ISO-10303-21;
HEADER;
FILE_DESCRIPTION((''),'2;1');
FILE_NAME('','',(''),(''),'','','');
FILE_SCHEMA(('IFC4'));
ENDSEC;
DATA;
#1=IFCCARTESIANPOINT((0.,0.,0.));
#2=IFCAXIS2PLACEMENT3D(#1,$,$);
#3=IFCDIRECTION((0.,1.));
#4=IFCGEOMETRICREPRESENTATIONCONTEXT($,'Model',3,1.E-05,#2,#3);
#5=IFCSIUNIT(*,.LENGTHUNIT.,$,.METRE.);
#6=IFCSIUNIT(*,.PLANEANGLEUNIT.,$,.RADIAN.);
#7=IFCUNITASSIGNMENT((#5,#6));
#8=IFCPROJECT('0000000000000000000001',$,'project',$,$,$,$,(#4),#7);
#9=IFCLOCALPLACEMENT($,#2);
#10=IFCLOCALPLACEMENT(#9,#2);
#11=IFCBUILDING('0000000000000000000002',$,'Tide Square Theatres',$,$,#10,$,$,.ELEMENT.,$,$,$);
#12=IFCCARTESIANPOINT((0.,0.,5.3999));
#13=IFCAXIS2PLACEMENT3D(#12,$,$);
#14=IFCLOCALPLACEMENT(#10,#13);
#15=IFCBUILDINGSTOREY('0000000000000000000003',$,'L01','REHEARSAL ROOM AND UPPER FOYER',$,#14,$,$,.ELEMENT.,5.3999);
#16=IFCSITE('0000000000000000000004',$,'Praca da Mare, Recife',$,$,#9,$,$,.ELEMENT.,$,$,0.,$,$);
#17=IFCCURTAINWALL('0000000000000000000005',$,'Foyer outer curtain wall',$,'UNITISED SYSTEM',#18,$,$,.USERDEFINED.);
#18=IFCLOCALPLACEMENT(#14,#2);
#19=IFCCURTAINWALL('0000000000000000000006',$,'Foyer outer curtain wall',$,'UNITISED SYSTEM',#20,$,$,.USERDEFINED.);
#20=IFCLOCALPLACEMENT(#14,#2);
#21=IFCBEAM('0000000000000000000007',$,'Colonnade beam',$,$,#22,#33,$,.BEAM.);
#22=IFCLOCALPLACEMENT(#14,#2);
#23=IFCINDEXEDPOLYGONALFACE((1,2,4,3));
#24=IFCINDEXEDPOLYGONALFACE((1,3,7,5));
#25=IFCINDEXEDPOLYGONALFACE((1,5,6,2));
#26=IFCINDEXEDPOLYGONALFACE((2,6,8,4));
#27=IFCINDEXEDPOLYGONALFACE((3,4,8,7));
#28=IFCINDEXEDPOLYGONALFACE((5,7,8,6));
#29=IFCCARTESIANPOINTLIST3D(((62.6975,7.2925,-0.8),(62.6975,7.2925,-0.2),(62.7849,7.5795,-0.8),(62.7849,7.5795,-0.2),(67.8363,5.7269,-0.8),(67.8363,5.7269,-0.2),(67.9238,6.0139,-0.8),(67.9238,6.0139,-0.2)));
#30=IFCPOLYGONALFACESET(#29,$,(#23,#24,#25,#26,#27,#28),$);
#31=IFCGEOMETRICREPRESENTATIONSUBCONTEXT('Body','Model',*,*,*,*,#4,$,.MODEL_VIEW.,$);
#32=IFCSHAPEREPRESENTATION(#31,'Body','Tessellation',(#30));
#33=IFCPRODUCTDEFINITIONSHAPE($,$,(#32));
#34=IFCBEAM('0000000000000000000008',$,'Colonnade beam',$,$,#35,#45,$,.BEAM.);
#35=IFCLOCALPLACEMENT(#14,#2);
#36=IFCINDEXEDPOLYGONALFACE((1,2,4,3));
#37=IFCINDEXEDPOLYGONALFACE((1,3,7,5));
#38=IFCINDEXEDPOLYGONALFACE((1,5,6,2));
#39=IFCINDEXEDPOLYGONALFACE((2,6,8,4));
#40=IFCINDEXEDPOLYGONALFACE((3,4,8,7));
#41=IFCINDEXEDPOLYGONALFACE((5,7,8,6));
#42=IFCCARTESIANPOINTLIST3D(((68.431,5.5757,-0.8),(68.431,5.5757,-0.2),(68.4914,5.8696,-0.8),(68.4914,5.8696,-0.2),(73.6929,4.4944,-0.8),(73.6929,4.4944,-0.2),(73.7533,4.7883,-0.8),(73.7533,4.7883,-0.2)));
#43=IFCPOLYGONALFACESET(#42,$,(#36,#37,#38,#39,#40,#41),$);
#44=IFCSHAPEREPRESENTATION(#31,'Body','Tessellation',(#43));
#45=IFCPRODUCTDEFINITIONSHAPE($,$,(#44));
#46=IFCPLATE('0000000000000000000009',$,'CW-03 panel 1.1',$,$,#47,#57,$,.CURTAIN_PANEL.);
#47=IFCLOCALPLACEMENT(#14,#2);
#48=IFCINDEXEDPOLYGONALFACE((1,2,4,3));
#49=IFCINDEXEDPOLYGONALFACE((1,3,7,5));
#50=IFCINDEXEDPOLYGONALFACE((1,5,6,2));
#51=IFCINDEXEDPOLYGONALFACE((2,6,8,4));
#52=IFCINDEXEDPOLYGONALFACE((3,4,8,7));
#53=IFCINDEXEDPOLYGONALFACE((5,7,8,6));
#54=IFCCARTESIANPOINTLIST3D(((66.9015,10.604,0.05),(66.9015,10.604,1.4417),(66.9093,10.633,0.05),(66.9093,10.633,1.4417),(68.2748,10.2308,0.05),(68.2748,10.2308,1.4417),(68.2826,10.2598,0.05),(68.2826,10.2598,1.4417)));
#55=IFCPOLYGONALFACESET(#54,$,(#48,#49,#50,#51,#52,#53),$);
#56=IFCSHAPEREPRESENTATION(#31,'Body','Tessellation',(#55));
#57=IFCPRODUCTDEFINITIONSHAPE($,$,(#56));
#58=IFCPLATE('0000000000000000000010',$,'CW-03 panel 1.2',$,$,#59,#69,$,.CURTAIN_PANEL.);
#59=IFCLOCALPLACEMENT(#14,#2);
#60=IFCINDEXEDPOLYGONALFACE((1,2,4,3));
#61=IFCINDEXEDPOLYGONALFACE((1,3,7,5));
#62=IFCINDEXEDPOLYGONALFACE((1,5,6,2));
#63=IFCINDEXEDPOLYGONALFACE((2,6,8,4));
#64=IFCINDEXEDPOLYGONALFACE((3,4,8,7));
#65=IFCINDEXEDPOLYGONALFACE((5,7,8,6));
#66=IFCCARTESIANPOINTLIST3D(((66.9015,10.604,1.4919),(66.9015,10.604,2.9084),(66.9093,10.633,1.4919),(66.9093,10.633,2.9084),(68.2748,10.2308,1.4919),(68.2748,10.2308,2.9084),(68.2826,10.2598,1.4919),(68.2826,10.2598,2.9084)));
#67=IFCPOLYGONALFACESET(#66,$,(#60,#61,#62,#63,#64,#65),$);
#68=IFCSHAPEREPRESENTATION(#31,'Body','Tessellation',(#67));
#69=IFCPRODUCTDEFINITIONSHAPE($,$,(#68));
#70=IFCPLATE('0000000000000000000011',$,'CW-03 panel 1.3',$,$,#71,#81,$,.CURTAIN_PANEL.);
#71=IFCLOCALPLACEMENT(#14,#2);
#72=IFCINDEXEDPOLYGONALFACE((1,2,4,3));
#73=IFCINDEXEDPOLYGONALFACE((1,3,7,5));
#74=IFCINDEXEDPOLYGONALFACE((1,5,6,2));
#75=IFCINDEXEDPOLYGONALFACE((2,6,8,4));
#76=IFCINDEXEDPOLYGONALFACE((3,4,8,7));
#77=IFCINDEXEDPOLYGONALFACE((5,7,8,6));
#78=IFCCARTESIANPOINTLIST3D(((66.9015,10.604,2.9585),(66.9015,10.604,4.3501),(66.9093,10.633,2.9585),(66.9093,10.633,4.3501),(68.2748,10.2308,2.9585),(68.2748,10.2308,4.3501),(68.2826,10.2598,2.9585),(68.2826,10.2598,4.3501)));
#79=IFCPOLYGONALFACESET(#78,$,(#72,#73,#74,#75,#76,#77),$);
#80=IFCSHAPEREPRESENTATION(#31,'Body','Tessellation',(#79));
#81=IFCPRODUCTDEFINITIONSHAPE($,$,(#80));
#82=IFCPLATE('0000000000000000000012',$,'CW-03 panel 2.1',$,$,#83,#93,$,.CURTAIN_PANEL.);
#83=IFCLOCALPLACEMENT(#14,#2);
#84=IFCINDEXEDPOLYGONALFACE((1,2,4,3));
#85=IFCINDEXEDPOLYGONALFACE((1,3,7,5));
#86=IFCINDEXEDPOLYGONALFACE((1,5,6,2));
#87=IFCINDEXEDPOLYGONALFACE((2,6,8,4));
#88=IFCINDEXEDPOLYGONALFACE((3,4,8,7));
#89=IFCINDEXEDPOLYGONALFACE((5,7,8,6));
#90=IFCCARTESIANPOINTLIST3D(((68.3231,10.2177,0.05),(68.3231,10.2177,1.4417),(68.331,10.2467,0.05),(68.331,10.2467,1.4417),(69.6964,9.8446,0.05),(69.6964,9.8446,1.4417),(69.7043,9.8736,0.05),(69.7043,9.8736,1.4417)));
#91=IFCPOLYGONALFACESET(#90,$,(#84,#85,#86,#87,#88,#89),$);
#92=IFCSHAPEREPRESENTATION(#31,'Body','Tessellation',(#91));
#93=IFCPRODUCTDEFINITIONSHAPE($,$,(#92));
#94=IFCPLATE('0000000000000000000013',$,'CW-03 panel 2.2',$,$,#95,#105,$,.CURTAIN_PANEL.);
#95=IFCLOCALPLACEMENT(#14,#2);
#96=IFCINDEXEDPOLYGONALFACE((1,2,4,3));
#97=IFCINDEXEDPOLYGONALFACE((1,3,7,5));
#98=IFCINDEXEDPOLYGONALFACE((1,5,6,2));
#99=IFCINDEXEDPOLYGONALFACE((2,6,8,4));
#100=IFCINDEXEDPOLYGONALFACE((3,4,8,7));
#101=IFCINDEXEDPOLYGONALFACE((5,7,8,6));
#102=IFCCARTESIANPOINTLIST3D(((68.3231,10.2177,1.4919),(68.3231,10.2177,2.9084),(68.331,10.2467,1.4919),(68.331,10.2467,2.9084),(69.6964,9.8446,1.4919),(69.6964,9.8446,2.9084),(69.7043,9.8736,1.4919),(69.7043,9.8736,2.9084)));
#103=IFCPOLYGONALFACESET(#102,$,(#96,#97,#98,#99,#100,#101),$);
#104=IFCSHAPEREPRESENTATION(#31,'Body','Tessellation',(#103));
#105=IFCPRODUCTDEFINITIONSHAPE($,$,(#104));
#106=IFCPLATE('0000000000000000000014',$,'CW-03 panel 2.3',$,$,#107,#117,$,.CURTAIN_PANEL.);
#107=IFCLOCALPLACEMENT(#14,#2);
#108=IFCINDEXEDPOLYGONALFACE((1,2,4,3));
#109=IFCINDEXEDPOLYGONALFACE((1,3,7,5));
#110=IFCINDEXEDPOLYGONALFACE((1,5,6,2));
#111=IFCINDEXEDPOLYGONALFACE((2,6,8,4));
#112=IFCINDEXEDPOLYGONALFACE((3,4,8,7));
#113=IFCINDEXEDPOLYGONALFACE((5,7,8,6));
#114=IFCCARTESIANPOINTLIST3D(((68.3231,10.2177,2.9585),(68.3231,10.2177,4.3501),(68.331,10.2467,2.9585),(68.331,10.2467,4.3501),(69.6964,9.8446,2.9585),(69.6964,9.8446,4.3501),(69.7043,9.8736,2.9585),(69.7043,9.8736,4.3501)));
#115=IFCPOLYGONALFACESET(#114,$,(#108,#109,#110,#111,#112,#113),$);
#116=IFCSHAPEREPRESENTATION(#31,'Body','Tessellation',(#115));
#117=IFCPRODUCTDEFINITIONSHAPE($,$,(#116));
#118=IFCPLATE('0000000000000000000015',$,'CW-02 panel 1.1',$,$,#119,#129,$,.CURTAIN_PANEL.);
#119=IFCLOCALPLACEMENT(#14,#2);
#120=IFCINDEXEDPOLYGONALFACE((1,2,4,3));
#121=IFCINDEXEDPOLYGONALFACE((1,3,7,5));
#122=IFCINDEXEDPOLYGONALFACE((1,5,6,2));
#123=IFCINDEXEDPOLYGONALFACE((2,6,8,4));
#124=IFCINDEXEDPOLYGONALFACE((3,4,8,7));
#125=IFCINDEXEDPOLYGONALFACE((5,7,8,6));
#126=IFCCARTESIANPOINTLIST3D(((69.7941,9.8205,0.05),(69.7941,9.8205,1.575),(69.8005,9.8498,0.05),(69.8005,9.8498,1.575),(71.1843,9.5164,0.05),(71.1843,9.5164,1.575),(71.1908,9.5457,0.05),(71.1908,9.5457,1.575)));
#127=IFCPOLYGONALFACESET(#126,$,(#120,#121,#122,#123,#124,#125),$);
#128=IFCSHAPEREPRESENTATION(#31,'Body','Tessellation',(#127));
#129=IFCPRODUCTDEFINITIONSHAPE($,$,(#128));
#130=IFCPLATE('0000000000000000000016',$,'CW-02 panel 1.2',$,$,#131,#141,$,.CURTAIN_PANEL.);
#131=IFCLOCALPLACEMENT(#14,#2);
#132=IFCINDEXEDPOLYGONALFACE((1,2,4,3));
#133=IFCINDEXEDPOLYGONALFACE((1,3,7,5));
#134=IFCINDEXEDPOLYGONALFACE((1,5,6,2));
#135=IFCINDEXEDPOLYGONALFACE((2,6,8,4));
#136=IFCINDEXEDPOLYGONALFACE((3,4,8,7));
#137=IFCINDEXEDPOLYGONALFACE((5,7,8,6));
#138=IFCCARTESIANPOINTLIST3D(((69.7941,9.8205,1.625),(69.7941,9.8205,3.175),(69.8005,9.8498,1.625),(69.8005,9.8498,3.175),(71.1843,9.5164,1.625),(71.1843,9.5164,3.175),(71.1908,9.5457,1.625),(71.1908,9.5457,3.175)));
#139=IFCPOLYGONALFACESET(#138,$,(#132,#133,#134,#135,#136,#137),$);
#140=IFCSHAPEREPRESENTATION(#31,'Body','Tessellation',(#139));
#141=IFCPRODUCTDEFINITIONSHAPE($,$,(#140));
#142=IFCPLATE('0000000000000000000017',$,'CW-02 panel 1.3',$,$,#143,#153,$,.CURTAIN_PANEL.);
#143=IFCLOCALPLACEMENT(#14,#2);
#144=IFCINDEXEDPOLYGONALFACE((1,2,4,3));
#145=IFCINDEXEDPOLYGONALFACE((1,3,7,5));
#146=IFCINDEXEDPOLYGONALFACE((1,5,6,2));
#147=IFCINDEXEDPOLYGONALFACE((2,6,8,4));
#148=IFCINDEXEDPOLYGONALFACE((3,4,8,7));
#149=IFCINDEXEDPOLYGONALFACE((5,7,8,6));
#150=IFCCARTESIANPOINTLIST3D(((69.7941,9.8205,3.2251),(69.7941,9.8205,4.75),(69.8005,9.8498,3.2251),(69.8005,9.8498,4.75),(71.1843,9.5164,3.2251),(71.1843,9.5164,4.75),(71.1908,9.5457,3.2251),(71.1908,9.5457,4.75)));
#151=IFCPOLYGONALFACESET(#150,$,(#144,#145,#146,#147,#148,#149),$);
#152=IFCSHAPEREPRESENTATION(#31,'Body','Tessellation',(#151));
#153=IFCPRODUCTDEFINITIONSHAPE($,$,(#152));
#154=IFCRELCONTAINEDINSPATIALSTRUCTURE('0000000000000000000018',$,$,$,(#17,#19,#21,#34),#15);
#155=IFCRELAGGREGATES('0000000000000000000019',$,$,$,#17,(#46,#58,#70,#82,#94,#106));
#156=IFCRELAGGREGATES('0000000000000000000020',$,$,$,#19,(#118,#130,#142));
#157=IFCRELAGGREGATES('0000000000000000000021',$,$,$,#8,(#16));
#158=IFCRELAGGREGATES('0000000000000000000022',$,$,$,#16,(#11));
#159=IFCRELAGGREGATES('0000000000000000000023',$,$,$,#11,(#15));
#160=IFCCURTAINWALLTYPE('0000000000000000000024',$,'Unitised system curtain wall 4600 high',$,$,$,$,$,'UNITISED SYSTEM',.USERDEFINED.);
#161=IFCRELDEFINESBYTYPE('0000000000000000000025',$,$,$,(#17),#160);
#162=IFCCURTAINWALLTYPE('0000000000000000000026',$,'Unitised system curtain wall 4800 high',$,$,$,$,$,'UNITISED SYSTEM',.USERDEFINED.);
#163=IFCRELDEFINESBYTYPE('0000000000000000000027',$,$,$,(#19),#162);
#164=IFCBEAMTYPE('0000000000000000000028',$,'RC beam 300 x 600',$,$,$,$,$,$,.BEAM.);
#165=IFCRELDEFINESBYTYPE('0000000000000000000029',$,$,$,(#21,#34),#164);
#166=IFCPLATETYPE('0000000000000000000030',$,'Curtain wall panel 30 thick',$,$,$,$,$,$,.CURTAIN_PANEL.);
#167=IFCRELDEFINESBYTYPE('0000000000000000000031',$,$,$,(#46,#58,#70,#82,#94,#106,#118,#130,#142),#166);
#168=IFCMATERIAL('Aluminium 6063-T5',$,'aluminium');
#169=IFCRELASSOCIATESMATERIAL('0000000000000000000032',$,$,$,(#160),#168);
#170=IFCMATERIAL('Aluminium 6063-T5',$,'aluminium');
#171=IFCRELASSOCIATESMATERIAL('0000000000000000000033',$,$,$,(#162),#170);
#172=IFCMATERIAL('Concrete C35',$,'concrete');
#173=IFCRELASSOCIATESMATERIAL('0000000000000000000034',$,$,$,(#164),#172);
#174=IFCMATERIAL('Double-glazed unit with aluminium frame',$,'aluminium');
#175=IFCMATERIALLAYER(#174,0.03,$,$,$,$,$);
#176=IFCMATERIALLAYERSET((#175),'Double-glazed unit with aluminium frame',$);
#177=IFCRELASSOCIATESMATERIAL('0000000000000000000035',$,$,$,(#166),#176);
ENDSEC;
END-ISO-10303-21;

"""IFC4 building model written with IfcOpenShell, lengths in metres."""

from ifc_helpers import new_model, si_unit, direction, frame, origin, origin_2d, place, context, subcontext, project, spatial, rectangle, extrude, material, layer, layer_set, material_profile, profile_set, type_object, element, aggregate, save


model = new_model("IFC4")

# Units and contexts
model_context = context("Model", 3, precision=1e-05, world=origin(), true_north=direction((0.0, 1.0)))
body_context = subcontext(model_context, "Body", "Model", "MODEL_VIEW")
ifc_project = project(units=[si_unit("LENGTHUNIT", "METRE"), si_unit("PLANEANGLEUNIT", "RADIAN")], contexts=[model_context])

# Site, building, storey
site_placement = place(None, origin())
site = spatial("IfcSite", under=ifc_project, at=site_placement, Name="Praca da Mare, Recife", CompositionType="ELEMENT", RefElevation=0.0)
building_placement = place(site_placement, origin())
building = spatial("IfcBuilding", under=site, at=building_placement, Name="Tide Square Theatres", CompositionType="ELEMENT")
storey_placement = place(building_placement, frame((0.0, 0.0, 5.3999)))
storey = spatial("IfcBuildingStorey", under=building, at=storey_placement, Name="L01", Description="REHEARSAL ROOM AND UPPER FOYER", CompositionType="ELEMENT", Elevation=5.3999)

# Curtain walls
ifc_material_1 = material(Name="Aluminium 6063-T5", Category="aluminium")
curtain_wall_type_1 = type_object("IfcCurtainWallType", Name="Unitised system curtain wall 4600 high", ElementType="UNITISED SYSTEM", PredefinedType="USERDEFINED", material=ifc_material_1)
curtain_wall_1_placement = place(storey_placement, origin())
curtain_wall_1 = element("IfcCurtainWall", 1, at=curtain_wall_1_placement, inside=storey, type_object=curtain_wall_type_1, Name="Foyer outer curtain wall", ObjectType="UNITISED SYSTEM", PredefinedType="USERDEFINED")
ifc_material_2 = material(Name="Aluminium 6063-T5", Category="aluminium")
curtain_wall_type_2 = type_object("IfcCurtainWallType", Name="Unitised system curtain wall 4800 high", ElementType="UNITISED SYSTEM", PredefinedType="USERDEFINED", material=ifc_material_2)
curtain_wall_2_placement = place(storey_placement, origin())
curtain_wall_2 = element("IfcCurtainWall", 2, at=curtain_wall_2_placement, inside=storey, type_object=curtain_wall_type_2, Name="Foyer outer curtain wall", ObjectType="UNITISED SYSTEM", PredefinedType="USERDEFINED")

# Beams
ifc_material_3 = material(Name="Concrete C35", Category="concrete")
ifc_material_profile_1 = material_profile(ifc_material_3, rectangle(XDim=0.3, YDim=0.6001, at=origin_2d()))
ifc_profile_set_1 = profile_set([ifc_material_profile_1], Name="Concrete C35")
beam_type_1 = type_object("IfcBeamType", Name="RC beam 300 x 600", PredefinedType="BEAM", material=ifc_profile_set_1)
beam_1_placement = place(storey_placement, frame((62.7412, 7.436, -0.5), z_axis=(0.956588, -0.291444, 0.0), x_axis=(0.291444, 0.956588, 0.0)))
element("IfcBeam", 3, at=beam_1_placement, inside=storey, type_object=beam_type_1, Name="Colonnade beam", PredefinedType="BEAM", context=body_context, shape_type="SweptSolid", body=[
    extrude(rectangle(XDim=0.3, YDim=0.6001, at=origin_2d()), origin(), (0.0, 0.0, 1.0), 5.3721),
])
beam_2_placement = place(storey_placement, frame((68.4612, 5.7227, -0.5), z_axis=(0.979532, -0.201287, 0.0), x_axis=(0.201287, 0.979532, 0.0)))
element("IfcBeam", 4, at=beam_2_placement, inside=storey, type_object=beam_type_1, Name="Colonnade beam", PredefinedType="BEAM", context=body_context, shape_type="SweptSolid", body=[
    extrude(rectangle(XDim=0.3, YDim=0.6001, at=origin_2d()), origin(), (0.0, 0.0, 1.0), 5.3718),
])

# Plates
ifc_material_4 = material(Name="Double-glazed unit with aluminium frame", Category="aluminium")
ifc_layer = layer(ifc_material_4, 0.03)
ifc_layer_set = layer_set([ifc_layer], Name="Double-glazed unit with aluminium frame")
plate_type = type_object("IfcPlateType", Name="Curtain wall panel 30 thick", PredefinedType="CURTAIN_PANEL", material=ifc_layer_set)
plate_1_placement = place(storey_placement, frame((67.592, 10.4319, 0.05), z_axis=(0.0, 0.0, 1.0), x_axis=(0.96501, -0.262214, 0.0)))
plate_1 = element("IfcPlate", 5, at=plate_1_placement, type_object=plate_type, Name="CW-03 panel 1.1", PredefinedType="CURTAIN_PANEL", context=body_context, shape_type="SweptSolid", body=[
    extrude(rectangle(XDim=1.4231, YDim=0.03, at=origin_2d()), origin(), (0.0, 0.0, 1.0), 1.3916),
])
plate_2_placement = place(storey_placement, frame((67.592, 10.4319, 1.4919), z_axis=(0.0, 0.0, 1.0), x_axis=(0.96501, -0.262214, 0.0)))
plate_2 = element("IfcPlate", 6, at=plate_2_placement, type_object=plate_type, Name="CW-03 panel 1.2", PredefinedType="CURTAIN_PANEL", context=body_context, shape_type="SweptSolid", body=[
    extrude(rectangle(XDim=1.4231, YDim=0.03, at=origin_2d()), origin(), (0.0, 0.0, 1.0), 1.4165),
])
plate_3_placement = place(storey_placement, frame((67.592, 10.4319, 2.9585), z_axis=(0.0, 0.0, 1.0), x_axis=(0.96501, -0.262214, 0.0)))
plate_3 = element("IfcPlate", 7, at=plate_3_placement, type_object=plate_type, Name="CW-03 panel 1.3", PredefinedType="CURTAIN_PANEL", context=body_context, shape_type="SweptSolid", body=[
    extrude(rectangle(XDim=1.4231, YDim=0.03, at=origin_2d()), origin(), (0.0, 0.0, 1.0), 1.3916),
])
plate_4_placement = place(storey_placement, frame((69.0137, 10.0457, 0.05), z_axis=(0.0, 0.0, 1.0), x_axis=(0.96501, -0.262214, 0.0)))
plate_4 = element("IfcPlate", 8, at=plate_4_placement, type_object=plate_type, Name="CW-03 panel 2.1", PredefinedType="CURTAIN_PANEL", context=body_context, shape_type="SweptSolid", body=[
    extrude(rectangle(XDim=1.4231, YDim=0.03, at=origin_2d()), origin(), (0.0, 0.0, 1.0), 1.3916),
])
plate_5_placement = place(storey_placement, frame((69.0137, 10.0457, 1.4919), z_axis=(0.0, 0.0, 1.0), x_axis=(0.96501, -0.262214, 0.0)))
plate_5 = element("IfcPlate", 9, at=plate_5_placement, type_object=plate_type, Name="CW-03 panel 2.2", PredefinedType="CURTAIN_PANEL", context=body_context, shape_type="SweptSolid", body=[
    extrude(rectangle(XDim=1.4231, YDim=0.03, at=origin_2d()), origin(), (0.0, 0.0, 1.0), 1.4165),
])
plate_6_placement = place(storey_placement, frame((69.0137, 10.0457, 2.9585), z_axis=(0.0, 0.0, 1.0), x_axis=(0.96501, -0.262214, 0.0)))
plate_6 = element("IfcPlate", 10, at=plate_6_placement, type_object=plate_type, Name="CW-03 panel 2.3", PredefinedType="CURTAIN_PANEL", context=body_context, shape_type="SweptSolid", body=[
    extrude(rectangle(XDim=1.4231, YDim=0.03, at=origin_2d()), origin(), (0.0, 0.0, 1.0), 1.3916),
])
aggregate(curtain_wall_1, [plate_1, plate_2, plate_3, plate_4, plate_5, plate_6])
plate_7_placement = place(storey_placement, frame((70.4924, 9.6831, 0.05), z_axis=(0.0, 0.0, 1.0), x_axis=(0.97691, -0.213653, 0.0)))
plate_7 = element("IfcPlate", 11, at=plate_7_placement, type_object=plate_type, Name="CW-02 panel 1.1", PredefinedType="CURTAIN_PANEL", context=body_context, shape_type="SweptSolid", body=[
    extrude(rectangle(XDim=1.4231, YDim=0.03, at=origin_2d()), origin(), (0.0, 0.0, 1.0), 1.5249),
])
plate_8_placement = place(storey_placement, frame((70.4924, 9.6831, 1.625), z_axis=(0.0, 0.0, 1.0), x_axis=(0.97691, -0.213653, 0.0)))
plate_8 = element("IfcPlate", 12, at=plate_8_placement, type_object=plate_type, Name="CW-02 panel 1.2", PredefinedType="CURTAIN_PANEL", context=body_context, shape_type="SweptSolid", body=[
    extrude(rectangle(XDim=1.4231, YDim=0.03, at=origin_2d()), origin(), (0.0, 0.0, 1.0), 1.55),
])
plate_9_placement = place(storey_placement, frame((70.4924, 9.6831, 3.2251), z_axis=(0.0, 0.0, 1.0), x_axis=(0.97691, -0.213653, 0.0)))
plate_9 = element("IfcPlate", 13, at=plate_9_placement, type_object=plate_type, Name="CW-02 panel 1.3", PredefinedType="CURTAIN_PANEL", context=body_context, shape_type="SweptSolid", body=[
    extrude(rectangle(XDim=1.4231, YDim=0.03, at=origin_2d()), origin(), (0.0, 0.0, 1.0), 1.5249),
])
aggregate(curtain_wall_2, [plate_7, plate_8, plate_9])

save(model, "model.ifc")
